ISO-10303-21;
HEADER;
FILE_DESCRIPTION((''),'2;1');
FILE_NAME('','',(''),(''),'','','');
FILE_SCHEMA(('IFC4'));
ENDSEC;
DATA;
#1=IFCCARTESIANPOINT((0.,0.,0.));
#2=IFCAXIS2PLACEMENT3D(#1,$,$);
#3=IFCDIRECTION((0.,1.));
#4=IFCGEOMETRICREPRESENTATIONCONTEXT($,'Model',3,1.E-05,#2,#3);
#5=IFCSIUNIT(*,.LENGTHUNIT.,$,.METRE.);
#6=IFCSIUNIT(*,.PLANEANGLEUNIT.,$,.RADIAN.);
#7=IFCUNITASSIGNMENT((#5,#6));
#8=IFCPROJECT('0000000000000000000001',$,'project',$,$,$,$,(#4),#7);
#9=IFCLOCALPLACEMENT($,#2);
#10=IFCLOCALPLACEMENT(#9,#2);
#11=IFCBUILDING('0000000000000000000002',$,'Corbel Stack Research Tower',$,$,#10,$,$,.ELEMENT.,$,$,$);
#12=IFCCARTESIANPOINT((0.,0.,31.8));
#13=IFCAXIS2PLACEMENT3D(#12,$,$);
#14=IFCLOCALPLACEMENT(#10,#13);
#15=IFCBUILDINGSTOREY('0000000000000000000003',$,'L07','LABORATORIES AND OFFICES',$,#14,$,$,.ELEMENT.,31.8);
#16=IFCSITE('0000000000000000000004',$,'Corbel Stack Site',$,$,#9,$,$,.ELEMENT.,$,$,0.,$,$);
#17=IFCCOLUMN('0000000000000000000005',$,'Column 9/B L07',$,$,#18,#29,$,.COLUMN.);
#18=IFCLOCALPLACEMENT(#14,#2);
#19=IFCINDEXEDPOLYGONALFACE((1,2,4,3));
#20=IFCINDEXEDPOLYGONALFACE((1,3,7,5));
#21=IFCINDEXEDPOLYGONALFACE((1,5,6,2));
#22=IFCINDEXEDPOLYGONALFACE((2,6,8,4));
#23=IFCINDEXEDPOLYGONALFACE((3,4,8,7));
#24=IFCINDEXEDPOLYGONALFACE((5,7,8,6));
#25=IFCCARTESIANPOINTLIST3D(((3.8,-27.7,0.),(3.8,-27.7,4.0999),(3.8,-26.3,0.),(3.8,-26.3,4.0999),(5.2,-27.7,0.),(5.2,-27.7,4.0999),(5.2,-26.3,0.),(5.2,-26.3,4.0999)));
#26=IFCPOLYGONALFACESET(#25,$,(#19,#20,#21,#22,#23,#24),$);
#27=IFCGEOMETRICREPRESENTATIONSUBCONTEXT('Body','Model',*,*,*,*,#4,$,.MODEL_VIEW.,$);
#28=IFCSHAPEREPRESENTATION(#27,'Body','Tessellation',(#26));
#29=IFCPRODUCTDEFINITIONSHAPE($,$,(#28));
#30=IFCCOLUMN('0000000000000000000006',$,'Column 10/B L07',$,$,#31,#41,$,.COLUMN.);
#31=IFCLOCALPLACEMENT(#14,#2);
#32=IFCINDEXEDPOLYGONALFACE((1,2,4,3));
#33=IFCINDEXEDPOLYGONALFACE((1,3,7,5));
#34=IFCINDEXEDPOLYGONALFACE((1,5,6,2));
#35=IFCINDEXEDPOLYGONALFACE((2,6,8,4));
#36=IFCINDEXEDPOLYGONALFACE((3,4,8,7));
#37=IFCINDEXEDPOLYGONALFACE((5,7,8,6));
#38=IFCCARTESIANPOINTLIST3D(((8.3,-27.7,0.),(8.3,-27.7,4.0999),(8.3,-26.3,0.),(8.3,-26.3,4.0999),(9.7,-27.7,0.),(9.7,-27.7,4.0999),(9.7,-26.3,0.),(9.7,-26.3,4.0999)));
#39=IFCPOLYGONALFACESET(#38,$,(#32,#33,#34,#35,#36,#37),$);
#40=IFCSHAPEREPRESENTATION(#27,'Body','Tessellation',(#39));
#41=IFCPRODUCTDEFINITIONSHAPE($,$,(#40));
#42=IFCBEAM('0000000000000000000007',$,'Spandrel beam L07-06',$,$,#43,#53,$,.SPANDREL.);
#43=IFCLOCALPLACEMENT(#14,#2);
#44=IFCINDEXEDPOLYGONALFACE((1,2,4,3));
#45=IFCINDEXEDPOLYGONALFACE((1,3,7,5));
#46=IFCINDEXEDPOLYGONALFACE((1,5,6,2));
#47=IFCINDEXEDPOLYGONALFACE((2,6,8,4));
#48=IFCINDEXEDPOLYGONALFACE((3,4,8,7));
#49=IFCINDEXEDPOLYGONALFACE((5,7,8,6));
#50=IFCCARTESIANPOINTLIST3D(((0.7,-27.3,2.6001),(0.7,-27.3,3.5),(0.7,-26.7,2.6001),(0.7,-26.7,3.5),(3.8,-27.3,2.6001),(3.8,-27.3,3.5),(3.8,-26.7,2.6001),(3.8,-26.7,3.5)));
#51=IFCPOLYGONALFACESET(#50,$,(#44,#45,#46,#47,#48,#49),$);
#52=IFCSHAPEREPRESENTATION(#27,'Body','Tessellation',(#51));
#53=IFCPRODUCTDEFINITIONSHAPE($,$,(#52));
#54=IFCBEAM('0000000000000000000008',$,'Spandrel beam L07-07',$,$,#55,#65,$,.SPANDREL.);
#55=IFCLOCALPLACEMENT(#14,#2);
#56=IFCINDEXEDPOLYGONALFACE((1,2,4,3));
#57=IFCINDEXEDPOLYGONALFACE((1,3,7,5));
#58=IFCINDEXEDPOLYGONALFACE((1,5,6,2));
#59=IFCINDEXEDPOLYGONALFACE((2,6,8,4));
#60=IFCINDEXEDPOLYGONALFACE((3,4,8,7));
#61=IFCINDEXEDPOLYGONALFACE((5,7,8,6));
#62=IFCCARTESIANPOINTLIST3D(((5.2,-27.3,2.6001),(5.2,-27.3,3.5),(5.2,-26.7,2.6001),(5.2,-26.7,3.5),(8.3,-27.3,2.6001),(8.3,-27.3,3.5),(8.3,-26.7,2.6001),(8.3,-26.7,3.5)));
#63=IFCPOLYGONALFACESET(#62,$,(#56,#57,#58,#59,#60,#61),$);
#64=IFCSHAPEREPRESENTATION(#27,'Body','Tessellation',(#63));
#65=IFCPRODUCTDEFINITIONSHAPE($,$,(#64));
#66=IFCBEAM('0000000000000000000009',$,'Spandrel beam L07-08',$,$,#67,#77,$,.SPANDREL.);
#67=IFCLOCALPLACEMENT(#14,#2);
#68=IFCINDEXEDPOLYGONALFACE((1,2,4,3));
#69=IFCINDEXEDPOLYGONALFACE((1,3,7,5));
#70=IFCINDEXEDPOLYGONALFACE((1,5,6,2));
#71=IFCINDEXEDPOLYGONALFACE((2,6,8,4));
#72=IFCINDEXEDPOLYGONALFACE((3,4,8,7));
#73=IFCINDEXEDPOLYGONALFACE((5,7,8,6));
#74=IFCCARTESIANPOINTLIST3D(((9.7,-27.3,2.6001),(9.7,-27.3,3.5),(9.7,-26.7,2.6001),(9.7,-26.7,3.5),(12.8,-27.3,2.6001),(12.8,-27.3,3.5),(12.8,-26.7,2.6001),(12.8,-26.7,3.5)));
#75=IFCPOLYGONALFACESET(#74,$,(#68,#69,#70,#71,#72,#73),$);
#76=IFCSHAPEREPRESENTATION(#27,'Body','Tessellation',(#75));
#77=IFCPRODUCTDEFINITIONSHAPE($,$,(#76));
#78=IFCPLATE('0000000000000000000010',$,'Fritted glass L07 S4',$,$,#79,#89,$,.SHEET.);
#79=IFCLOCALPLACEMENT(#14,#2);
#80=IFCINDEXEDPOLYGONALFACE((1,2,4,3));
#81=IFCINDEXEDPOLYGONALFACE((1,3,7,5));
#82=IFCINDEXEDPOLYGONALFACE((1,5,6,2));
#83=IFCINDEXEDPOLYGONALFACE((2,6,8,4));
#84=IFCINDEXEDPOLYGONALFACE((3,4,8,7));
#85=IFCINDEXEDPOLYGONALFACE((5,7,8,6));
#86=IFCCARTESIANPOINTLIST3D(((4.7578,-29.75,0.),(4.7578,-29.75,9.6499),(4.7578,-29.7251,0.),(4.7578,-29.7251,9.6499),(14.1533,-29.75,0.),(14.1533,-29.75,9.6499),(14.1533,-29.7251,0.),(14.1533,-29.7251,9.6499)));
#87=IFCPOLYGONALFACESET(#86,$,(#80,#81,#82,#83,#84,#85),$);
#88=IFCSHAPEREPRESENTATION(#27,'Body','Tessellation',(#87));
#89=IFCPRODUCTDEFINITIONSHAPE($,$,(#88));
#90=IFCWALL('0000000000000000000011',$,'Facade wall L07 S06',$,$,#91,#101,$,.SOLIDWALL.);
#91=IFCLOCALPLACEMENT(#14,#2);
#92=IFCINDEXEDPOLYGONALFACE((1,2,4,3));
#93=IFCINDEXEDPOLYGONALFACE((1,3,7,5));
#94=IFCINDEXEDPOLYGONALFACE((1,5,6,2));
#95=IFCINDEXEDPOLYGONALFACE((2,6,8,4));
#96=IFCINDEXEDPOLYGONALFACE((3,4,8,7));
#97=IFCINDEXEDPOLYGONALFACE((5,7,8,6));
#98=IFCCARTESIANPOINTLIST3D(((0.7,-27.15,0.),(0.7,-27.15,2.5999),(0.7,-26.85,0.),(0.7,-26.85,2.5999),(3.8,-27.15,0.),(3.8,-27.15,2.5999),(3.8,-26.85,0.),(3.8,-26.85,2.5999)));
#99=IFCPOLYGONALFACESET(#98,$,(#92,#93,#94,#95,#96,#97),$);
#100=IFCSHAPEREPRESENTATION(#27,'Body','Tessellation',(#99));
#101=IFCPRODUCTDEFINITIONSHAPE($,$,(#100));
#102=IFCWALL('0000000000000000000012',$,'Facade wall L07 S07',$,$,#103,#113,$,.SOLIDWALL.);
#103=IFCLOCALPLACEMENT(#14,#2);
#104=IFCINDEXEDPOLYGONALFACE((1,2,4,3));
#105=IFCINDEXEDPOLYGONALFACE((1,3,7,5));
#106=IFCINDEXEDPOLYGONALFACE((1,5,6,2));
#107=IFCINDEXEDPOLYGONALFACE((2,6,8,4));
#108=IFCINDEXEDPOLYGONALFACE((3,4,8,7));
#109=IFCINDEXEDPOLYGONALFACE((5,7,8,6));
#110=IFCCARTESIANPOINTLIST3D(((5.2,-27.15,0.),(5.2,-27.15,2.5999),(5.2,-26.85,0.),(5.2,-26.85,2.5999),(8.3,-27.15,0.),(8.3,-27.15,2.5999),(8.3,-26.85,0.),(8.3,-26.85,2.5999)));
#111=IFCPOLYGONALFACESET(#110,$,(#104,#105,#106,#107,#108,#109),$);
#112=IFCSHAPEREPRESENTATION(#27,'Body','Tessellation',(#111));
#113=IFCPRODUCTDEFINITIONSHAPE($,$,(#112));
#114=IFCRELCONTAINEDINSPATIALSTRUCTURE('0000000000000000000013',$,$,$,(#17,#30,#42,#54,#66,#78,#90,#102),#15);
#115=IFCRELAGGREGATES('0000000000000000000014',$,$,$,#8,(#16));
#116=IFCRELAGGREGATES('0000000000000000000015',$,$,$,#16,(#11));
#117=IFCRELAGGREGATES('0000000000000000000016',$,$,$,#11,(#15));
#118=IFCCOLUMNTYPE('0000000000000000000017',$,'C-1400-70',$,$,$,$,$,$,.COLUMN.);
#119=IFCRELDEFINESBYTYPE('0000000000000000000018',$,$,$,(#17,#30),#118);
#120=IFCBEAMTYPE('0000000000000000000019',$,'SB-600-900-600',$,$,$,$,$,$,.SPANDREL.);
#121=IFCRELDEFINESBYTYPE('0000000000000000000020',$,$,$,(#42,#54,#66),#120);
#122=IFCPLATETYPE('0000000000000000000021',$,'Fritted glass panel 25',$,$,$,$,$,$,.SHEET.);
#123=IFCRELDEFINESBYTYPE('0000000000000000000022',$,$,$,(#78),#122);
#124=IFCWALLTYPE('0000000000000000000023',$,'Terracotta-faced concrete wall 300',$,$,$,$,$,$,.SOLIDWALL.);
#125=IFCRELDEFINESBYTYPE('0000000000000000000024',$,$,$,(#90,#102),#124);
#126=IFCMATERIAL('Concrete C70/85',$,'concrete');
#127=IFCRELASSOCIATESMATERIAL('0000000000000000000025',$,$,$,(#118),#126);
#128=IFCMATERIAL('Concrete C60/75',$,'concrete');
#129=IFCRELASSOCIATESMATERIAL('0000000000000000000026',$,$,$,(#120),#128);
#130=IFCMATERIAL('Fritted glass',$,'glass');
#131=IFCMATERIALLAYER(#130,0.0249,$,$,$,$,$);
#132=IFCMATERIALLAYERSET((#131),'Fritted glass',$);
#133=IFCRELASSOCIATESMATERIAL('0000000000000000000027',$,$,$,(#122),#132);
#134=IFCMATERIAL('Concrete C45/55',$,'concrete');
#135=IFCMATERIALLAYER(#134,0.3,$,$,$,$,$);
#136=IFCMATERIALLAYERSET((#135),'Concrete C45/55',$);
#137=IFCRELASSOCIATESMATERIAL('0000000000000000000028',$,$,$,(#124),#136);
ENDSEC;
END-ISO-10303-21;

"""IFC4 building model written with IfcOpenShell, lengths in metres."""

from ifc_helpers import new_model, si_unit, direction, frame, frame_2d, origin, origin_2d, place, context, subcontext, project, spatial, rectangle, extrude, material, layer, layer_set, material_profile, profile_set, type_object, element, save


model = new_model("IFC4")

# Units and contexts
model_context = context("Model", 3, precision=1e-05, world=origin(), true_north=direction((0.0, 1.0)))
body_context = subcontext(model_context, "Body", "Model", "MODEL_VIEW")
ifc_project = project(units=[si_unit("LENGTHUNIT", "METRE"), si_unit("PLANEANGLEUNIT", "RADIAN")], contexts=[model_context])

# Site, building, storey
site_placement = place(None, origin())
site = spatial("IfcSite", under=ifc_project, at=site_placement, Name="Corbel Stack Site", CompositionType="ELEMENT", RefElevation=0.0)
building_placement = place(site_placement, origin())
building = spatial("IfcBuilding", under=site, at=building_placement, Name="Corbel Stack Research Tower", CompositionType="ELEMENT")
storey_placement = place(building_placement, frame((0.0, 0.0, 31.8)))
storey = spatial("IfcBuildingStorey", under=building, at=storey_placement, Name="L07", Description="LABORATORIES AND OFFICES", CompositionType="ELEMENT", Elevation=31.8)

# Columns
ifc_material_1 = material(Name="Concrete C70/85", Category="concrete")
ifc_material_profile_1 = material_profile(ifc_material_1, rectangle(XDim=1.3999, YDim=1.3999, at=origin_2d()), Name="RC 1400 x 1400")
ifc_profile_set_1 = profile_set([ifc_material_profile_1], Name="Concrete C70/85")
column_type = type_object("IfcColumnType", Name="C-1400-70", PredefinedType="COLUMN", material=ifc_profile_set_1)
for number, where, z_axis, x_axis, name in (
    (1, (4.5, -27.0, 0.0), (0.0, 0.0, 1.0), (1.0, 0.0, 0.0), "Column 9/B L07"),
    (2, (9.0, -27.0, 0.0), (0.0, 0.0, 1.0), (1.0, 0.0, 0.0), "Column 10/B L07"),
):
    element("IfcColumn", number, at=place(storey_placement, frame(where, z_axis=z_axis, x_axis=x_axis)), inside=storey, type_object=column_type, Name=name, PredefinedType="COLUMN", context=body_context, shape_type="SweptSolid", body=[
        extrude(rectangle(XDim=1.3999, YDim=1.3999, at=origin_2d()), origin(), (0.0, 0.0, 1.0), 4.0999),
    ])

# Beams
ifc_material_2 = material(Name="Concrete C60/75", Category="concrete")
ifc_material_profile_2 = material_profile(ifc_material_2, rectangle(XDim=0.6001, YDim=0.8999, at=origin_2d()), Name="RC 600 x 900")
ifc_profile_set_2 = profile_set([ifc_material_profile_2], Name="Concrete C60/75")
beam_type = type_object("IfcBeamType", Name="SB-600-900-600", PredefinedType="SPANDREL", material=ifc_profile_set_2)
for number, where, z_axis, x_axis, name in (
    (3, (0.7, -27.0, 3.05), (1.0, 0.0, 0.0), (0.0, 1.0, 0.0), "Spandrel beam L07-06"),
    (4, (5.2, -27.0, 3.05), (1.0, 0.0, 0.0), (0.0, 1.0, 0.0), "Spandrel beam L07-07"),
    (5, (9.7, -27.0, 3.05), (1.0, 0.0, 0.0), (0.0, 1.0, 0.0), "Spandrel beam L07-08"),
):
    element("IfcBeam", number, at=place(storey_placement, frame(where, z_axis=z_axis, x_axis=x_axis)), inside=storey, type_object=beam_type, Name=name, PredefinedType="SPANDREL", context=body_context, shape_type="SweptSolid", body=[
        extrude(rectangle(XDim=0.6001, YDim=0.8999, at=origin_2d()), origin(), (0.0, 0.0, 1.0), 3.1001),
    ])

# Plate
ifc_material_3 = material(Name="Fritted glass", Category="glass")
ifc_layer_1 = layer(ifc_material_3, 0.0249)
ifc_layer_set_1 = layer_set([ifc_layer_1], Name="Fritted glass")
plate_type = type_object("IfcPlateType", Name="Fritted glass panel 25", PredefinedType="SHEET", material=ifc_layer_set_1)
plate_placement = place(storey_placement, frame((9.4556, -29.7375, 0.0), z_axis=(0.0, 0.0, 1.0), x_axis=(1.0, 0.0, 0.0)))
element("IfcPlate", 6, at=plate_placement, inside=storey, type_object=plate_type, Name="Fritted glass L07 S4", PredefinedType="SHEET", context=body_context, shape_type="SweptSolid", body=[
    extrude(rectangle(XDim=9.3955, YDim=0.0249, at=origin_2d()), origin(), (0.0, 0.0, 1.0), 9.6499),
])

# Walls
ifc_material_4 = material(Name="Concrete C45/55", Category="concrete")
ifc_layer_2 = layer(ifc_material_4, 0.3)
ifc_layer_set_2 = layer_set([ifc_layer_2], Name="Concrete C45/55")
wall_type = type_object("IfcWallType", Name="Terracotta-faced concrete wall 300", PredefinedType="SOLIDWALL", material=ifc_layer_set_2)
for number, where, z_axis, x_axis, name in (
    (7, (3.8, -27.0, 0.0), (0.0, 0.0, 1.0), (-1.0, 0.0, 0.0), "Facade wall L07 S06"),
    (8, (8.3, -27.0, 0.0), (0.0, 0.0, 1.0), (-1.0, 0.0, 0.0), "Facade wall L07 S07"),
):
    element("IfcWall", number, at=place(storey_placement, frame(where, z_axis=z_axis, x_axis=x_axis)), inside=storey, type_object=wall_type, Name=name, PredefinedType="SOLIDWALL", context=body_context, shape_type="SweptSolid", body=[
        extrude(rectangle(XDim=3.1001, YDim=0.3, at=frame_2d((1.55, 0.0))), origin(), (0.0, 0.0, 1.0), 2.5999),
    ])

save(model, "model.ifc")
